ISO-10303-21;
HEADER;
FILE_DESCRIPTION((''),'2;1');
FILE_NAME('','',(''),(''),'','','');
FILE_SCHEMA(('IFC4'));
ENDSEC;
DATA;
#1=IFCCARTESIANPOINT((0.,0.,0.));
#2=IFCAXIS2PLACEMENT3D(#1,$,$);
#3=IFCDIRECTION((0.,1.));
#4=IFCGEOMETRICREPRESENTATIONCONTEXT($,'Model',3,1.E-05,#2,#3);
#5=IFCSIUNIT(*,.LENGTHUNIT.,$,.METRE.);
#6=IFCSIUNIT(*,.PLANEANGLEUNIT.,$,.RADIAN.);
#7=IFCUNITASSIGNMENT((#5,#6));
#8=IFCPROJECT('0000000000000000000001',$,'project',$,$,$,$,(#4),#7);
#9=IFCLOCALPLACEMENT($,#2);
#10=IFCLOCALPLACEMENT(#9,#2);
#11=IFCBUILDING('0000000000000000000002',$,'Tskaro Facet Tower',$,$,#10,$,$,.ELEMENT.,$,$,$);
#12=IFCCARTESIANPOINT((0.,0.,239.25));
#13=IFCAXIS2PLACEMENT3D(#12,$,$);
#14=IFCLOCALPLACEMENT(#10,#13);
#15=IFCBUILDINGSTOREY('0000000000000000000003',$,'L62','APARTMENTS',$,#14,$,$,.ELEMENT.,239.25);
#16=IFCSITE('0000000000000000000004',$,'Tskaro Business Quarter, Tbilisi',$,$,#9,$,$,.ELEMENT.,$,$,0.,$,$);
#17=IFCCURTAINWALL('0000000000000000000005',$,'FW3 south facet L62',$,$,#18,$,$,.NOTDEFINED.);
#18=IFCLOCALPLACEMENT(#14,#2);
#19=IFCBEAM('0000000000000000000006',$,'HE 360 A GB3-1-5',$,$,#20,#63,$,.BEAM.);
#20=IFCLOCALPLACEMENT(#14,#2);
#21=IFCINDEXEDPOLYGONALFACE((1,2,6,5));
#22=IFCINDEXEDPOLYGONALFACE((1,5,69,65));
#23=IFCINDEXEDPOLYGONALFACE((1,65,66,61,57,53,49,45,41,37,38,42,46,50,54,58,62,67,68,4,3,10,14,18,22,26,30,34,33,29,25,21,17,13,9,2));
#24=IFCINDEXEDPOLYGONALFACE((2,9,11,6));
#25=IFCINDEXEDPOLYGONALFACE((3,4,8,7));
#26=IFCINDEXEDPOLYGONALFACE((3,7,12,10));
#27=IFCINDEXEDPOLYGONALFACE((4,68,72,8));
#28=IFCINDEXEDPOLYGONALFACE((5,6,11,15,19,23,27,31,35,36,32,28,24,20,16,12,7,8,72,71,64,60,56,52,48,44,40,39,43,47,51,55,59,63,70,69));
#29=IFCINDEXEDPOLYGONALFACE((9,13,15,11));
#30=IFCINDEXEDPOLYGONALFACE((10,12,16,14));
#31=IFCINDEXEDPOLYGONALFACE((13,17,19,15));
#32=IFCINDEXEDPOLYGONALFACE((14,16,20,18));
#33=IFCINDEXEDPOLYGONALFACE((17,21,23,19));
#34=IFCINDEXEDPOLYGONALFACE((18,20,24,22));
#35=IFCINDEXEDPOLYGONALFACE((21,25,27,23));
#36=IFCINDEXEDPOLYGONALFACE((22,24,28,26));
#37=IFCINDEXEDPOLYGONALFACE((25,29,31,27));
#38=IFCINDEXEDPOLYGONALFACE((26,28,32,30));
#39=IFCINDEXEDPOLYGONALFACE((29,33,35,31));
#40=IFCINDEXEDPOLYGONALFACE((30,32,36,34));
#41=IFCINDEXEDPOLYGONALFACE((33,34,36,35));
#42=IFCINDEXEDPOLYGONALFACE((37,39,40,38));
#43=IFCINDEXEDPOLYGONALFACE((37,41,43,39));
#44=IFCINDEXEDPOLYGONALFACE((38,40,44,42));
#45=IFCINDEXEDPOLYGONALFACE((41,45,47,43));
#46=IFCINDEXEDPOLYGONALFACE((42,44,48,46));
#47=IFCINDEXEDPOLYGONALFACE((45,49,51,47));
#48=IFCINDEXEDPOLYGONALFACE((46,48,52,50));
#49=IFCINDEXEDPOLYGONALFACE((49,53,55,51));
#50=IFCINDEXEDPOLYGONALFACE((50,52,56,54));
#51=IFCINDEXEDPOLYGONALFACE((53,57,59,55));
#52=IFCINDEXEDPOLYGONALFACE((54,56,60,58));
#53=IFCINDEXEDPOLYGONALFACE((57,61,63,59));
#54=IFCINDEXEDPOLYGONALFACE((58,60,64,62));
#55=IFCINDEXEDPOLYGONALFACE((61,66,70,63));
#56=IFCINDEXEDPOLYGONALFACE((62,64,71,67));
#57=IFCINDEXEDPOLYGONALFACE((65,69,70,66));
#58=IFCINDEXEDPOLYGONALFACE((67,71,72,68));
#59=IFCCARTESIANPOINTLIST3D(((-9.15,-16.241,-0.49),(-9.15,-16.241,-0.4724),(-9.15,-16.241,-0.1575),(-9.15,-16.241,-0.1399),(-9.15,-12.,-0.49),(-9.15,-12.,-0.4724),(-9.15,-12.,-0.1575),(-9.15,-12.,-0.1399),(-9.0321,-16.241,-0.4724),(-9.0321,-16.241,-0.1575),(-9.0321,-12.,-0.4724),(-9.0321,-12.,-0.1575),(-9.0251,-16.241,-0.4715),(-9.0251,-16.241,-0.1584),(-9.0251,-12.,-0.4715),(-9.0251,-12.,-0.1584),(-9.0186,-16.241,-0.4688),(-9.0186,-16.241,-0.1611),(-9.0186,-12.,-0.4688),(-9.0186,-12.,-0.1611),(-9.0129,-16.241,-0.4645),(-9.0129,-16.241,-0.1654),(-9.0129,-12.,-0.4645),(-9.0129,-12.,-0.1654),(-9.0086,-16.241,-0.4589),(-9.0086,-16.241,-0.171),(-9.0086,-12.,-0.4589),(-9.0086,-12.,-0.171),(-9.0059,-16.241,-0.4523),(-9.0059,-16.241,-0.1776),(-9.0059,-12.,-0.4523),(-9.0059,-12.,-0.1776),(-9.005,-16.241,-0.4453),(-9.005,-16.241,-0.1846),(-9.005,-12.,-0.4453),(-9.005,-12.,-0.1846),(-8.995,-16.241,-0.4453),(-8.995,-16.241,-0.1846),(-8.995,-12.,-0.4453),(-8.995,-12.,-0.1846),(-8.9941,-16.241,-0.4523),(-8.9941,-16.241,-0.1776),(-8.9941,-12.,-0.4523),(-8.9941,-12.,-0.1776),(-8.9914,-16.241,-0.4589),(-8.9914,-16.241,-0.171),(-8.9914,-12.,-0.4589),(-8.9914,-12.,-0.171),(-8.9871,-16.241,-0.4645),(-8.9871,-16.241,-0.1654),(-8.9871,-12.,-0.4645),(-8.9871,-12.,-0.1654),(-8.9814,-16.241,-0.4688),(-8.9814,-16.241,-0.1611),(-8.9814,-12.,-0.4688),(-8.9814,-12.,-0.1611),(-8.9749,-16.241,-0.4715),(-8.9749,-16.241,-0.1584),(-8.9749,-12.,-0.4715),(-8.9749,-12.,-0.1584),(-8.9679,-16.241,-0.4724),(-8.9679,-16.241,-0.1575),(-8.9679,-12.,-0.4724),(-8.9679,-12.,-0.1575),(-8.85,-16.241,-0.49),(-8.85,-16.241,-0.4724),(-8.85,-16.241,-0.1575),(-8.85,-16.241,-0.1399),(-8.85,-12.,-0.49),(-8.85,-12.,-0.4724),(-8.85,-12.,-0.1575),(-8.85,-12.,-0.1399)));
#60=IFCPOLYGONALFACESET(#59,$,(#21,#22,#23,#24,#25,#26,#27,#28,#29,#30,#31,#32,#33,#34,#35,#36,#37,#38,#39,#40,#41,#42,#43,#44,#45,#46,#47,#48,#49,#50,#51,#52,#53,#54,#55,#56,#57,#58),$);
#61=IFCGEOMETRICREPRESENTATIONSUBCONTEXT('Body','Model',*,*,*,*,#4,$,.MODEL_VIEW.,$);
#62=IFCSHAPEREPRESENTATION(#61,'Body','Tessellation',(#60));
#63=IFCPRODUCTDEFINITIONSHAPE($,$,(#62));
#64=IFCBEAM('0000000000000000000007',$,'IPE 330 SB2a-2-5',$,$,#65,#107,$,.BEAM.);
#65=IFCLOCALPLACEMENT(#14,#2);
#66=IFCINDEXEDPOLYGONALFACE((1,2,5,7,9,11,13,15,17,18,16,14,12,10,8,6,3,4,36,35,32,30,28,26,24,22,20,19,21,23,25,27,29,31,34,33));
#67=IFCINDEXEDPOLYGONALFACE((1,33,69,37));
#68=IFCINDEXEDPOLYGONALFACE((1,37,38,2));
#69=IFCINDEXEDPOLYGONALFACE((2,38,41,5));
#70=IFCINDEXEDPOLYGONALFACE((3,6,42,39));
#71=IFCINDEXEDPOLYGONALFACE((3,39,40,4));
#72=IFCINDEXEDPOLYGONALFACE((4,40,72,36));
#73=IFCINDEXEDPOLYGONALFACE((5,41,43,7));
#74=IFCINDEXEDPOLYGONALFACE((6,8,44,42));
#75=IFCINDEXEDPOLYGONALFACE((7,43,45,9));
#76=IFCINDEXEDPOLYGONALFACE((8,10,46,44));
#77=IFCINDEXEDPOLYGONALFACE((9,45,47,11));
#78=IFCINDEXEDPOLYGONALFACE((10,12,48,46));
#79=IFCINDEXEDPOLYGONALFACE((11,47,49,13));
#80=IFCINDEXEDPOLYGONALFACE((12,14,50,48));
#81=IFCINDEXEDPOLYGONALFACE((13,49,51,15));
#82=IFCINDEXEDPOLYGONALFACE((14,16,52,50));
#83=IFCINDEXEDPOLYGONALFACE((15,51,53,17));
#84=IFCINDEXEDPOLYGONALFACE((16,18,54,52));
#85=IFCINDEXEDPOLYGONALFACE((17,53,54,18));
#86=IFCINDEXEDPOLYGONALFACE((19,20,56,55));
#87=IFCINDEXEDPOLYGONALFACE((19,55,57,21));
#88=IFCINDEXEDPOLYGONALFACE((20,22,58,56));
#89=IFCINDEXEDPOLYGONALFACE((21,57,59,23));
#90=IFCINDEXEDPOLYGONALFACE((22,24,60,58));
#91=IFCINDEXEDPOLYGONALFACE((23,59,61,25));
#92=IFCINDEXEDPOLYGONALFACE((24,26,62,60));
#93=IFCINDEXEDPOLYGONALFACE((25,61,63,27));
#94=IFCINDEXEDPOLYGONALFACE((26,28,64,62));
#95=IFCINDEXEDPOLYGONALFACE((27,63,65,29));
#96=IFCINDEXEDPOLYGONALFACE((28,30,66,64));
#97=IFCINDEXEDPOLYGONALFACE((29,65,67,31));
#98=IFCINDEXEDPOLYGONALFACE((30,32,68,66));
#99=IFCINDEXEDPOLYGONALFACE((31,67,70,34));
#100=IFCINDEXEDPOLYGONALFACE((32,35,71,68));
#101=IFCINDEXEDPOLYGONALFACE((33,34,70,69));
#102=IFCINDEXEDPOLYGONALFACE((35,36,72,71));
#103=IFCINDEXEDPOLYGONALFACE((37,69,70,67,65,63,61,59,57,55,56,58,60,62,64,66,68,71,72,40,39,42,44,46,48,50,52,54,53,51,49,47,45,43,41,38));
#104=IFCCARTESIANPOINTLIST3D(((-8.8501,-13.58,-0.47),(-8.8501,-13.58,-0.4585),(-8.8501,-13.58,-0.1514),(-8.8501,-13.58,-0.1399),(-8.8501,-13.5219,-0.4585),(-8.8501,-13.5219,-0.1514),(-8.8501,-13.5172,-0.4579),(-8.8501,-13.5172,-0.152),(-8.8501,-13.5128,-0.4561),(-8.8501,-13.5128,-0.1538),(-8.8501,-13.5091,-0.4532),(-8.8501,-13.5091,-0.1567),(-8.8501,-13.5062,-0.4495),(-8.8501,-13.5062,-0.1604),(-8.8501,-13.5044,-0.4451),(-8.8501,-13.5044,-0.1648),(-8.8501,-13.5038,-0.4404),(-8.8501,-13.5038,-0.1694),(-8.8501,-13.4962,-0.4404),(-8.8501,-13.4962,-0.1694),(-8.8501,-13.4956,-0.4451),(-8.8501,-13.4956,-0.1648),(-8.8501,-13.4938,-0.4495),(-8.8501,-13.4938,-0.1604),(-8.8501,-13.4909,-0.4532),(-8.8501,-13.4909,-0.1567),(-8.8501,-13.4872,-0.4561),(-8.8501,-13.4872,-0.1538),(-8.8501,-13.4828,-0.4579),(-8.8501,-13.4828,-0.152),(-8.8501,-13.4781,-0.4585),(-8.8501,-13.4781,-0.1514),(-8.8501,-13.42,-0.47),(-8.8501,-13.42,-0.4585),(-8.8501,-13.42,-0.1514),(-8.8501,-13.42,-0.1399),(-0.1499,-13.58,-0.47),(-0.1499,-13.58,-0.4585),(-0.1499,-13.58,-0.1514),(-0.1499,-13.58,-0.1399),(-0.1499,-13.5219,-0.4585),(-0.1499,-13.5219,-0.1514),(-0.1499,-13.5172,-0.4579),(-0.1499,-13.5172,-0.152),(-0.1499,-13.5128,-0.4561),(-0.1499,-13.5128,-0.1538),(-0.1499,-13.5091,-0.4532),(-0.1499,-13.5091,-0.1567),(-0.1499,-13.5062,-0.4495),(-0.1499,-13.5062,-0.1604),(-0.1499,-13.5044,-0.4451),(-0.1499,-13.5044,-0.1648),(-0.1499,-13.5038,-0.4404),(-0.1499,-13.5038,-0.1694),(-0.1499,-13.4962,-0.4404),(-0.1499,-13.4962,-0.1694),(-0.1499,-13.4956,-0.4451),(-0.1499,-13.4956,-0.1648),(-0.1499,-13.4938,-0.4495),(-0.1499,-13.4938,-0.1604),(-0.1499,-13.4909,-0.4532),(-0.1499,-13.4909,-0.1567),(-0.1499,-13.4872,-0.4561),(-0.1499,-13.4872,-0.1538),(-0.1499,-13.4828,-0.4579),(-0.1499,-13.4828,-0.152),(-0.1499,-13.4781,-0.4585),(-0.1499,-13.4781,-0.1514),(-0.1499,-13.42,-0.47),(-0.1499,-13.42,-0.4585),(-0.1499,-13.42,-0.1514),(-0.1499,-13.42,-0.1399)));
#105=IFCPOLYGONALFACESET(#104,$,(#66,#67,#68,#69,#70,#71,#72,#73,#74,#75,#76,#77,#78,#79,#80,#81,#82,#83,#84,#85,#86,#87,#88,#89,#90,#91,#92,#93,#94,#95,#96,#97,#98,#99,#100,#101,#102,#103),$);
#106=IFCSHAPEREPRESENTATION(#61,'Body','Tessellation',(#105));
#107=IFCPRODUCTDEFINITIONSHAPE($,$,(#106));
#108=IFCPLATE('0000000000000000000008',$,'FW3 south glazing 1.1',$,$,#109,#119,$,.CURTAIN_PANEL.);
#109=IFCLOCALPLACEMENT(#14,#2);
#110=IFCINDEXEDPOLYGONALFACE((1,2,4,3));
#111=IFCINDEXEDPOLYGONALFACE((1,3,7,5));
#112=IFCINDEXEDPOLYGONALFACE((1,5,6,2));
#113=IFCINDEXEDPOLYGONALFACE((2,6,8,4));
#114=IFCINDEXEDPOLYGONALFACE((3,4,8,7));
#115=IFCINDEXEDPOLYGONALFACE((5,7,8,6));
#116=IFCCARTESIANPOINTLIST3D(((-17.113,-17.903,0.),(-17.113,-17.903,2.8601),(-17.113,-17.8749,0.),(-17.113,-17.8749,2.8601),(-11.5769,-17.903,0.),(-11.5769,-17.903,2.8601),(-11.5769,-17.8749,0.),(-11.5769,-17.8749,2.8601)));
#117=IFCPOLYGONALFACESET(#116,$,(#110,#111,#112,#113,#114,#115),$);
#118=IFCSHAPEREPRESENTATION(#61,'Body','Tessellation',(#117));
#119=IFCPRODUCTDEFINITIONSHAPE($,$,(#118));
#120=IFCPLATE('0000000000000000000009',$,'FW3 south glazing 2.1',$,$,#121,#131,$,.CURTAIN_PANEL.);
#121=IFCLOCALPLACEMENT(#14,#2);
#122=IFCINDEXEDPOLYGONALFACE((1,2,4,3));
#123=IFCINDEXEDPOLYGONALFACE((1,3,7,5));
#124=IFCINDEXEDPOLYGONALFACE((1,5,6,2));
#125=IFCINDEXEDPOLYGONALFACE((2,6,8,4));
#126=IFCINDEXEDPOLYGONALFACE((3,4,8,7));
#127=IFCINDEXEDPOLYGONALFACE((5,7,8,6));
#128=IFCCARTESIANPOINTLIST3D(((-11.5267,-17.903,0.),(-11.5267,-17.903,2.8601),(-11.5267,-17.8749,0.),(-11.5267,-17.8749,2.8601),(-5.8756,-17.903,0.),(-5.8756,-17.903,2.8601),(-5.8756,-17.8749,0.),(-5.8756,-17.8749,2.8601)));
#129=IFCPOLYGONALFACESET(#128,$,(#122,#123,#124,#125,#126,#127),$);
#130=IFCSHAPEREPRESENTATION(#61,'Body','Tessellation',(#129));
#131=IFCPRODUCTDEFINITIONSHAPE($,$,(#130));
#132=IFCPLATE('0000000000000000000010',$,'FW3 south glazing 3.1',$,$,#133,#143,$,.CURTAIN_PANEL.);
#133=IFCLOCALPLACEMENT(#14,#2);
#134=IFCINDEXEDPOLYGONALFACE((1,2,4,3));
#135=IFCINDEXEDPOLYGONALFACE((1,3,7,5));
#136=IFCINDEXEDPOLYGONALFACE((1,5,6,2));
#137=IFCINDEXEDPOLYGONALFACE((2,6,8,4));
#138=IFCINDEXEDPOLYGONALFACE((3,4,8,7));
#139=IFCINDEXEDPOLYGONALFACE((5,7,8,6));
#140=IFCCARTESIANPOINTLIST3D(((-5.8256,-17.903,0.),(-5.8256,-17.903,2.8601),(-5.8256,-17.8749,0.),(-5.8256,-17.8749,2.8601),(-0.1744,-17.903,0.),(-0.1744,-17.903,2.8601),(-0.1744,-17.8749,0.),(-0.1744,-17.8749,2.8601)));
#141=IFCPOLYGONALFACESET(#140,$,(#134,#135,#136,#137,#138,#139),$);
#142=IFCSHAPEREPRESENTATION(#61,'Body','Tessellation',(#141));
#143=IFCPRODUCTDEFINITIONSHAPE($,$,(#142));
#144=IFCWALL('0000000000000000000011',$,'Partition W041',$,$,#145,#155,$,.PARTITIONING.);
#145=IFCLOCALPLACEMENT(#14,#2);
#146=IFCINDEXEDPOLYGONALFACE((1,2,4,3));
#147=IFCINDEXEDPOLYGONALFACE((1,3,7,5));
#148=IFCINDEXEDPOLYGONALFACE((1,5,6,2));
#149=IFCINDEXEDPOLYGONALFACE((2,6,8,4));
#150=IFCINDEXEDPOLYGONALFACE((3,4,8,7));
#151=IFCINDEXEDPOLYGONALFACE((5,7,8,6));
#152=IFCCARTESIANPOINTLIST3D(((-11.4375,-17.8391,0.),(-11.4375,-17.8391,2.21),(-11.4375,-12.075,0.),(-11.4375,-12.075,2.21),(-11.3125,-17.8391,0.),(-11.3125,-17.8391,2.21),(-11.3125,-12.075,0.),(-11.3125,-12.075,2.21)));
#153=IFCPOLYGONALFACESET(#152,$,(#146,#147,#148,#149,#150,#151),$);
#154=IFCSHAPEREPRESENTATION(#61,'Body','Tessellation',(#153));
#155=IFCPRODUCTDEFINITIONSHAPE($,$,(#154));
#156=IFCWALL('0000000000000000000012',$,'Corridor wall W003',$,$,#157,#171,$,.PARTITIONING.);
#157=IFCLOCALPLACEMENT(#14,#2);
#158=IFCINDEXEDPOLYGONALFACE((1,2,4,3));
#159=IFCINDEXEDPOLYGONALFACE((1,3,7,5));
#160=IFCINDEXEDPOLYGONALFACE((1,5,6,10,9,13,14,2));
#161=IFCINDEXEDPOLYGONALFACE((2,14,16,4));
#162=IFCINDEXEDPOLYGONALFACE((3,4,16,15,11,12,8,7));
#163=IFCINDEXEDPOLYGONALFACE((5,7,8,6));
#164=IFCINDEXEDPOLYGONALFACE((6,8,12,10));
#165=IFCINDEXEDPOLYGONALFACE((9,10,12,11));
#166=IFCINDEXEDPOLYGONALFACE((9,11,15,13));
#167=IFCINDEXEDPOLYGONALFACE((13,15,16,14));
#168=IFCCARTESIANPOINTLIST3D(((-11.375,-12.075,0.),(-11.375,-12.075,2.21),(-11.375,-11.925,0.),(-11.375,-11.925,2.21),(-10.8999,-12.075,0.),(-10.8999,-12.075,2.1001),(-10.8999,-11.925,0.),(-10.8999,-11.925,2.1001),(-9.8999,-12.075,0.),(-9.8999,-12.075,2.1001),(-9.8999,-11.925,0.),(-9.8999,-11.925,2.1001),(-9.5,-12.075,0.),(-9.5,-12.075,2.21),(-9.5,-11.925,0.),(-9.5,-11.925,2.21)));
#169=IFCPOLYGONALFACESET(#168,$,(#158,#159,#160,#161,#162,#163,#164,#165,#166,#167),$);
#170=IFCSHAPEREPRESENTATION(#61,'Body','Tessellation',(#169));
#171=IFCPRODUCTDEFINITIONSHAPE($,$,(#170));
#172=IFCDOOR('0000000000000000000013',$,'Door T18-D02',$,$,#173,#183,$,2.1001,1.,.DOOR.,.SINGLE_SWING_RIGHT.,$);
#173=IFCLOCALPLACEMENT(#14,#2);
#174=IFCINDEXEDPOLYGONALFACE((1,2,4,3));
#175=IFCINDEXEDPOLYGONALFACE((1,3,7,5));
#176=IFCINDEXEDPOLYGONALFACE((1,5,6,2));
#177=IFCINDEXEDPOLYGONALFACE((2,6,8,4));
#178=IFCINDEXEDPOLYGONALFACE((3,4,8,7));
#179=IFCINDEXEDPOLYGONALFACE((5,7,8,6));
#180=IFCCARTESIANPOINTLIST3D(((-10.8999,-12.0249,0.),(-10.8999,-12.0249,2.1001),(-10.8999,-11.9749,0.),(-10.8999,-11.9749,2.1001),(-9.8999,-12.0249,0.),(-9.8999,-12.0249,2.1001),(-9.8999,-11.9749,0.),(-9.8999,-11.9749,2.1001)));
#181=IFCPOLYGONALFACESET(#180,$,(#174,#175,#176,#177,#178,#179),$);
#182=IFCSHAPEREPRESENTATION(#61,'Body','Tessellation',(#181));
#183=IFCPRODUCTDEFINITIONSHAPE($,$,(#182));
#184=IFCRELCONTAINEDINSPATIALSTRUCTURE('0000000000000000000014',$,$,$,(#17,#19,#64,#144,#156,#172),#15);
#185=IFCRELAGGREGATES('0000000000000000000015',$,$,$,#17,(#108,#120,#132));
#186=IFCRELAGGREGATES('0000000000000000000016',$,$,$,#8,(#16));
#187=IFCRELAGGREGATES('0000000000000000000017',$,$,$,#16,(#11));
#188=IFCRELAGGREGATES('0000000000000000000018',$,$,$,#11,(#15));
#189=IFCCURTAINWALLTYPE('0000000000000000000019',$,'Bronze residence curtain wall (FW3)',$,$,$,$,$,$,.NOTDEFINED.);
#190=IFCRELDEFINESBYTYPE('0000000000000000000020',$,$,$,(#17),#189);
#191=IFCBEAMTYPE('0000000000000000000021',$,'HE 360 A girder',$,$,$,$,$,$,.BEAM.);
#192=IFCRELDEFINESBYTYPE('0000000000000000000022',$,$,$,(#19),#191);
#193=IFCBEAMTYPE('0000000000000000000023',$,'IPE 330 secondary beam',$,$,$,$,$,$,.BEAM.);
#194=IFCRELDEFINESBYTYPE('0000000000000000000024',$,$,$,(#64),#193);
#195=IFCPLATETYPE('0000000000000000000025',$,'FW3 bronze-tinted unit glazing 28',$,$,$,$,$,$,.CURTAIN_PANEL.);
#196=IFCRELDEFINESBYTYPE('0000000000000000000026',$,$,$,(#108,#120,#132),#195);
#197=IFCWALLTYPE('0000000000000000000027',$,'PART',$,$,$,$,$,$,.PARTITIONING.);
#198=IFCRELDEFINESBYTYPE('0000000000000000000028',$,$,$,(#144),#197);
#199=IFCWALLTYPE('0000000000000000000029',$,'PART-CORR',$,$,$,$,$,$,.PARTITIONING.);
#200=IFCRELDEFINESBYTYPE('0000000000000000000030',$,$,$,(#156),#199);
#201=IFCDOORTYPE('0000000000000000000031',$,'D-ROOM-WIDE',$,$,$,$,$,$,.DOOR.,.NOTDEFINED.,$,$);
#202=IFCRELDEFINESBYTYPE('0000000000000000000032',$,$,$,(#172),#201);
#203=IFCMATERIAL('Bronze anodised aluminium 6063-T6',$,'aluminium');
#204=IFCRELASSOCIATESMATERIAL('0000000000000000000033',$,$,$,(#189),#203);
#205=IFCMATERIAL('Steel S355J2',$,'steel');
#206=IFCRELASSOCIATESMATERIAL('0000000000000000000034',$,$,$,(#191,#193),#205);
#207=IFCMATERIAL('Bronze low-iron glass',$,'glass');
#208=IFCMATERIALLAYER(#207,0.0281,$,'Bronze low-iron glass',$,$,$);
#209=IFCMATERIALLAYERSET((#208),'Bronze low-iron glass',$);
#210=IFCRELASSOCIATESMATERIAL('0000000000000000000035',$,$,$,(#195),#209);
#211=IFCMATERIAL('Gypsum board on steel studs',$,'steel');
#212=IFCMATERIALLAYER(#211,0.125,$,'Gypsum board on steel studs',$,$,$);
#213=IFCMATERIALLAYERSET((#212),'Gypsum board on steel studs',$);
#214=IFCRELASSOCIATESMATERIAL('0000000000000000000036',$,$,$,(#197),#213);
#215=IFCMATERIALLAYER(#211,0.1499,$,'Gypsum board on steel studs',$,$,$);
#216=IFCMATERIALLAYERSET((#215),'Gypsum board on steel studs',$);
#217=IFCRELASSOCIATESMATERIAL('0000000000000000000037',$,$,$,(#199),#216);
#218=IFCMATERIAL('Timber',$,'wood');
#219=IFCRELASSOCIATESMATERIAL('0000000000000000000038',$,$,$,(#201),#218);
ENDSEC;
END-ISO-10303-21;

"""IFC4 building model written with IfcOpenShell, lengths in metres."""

from ifc_helpers import new_model, si_unit, direction, frame, frame_2d, origin, origin_2d, place, context, subcontext, project, spatial, rectangle, i_section, extrude, material, layer, layer_set, material_profile, profile_set, type_object, element, fill, aggregate, save


model = new_model("IFC4")

# Units and contexts
model_context = context("Model", 3, precision=1e-05, world=origin(), true_north=direction((0.0, 1.0)))
body_context = subcontext(model_context, "Body", "Model", "MODEL_VIEW")
ifc_project = project(units=[si_unit("LENGTHUNIT", "METRE"), si_unit("PLANEANGLEUNIT", "RADIAN")], contexts=[model_context])

# Site, building, storey
site_placement = place(None, origin())
site = spatial("IfcSite", under=ifc_project, at=site_placement, Name="Tskaro Business Quarter, Tbilisi", CompositionType="ELEMENT", RefElevation=0.0)
building_placement = place(site_placement, origin())
building = spatial("IfcBuilding", under=site, at=building_placement, Name="Tskaro Facet Tower", CompositionType="ELEMENT")
storey_placement = place(building_placement, frame((0.0, 0.0, 239.25)))
storey = spatial("IfcBuildingStorey", under=building, at=storey_placement, Name="L62", Description="APARTMENTS", CompositionType="ELEMENT", Elevation=239.25)

# Shared definitions
ifc_material_1 = material(Name="Steel S355J2", Category="steel")

# Curtain wall
ifc_material_2 = material(Name="Bronze anodised aluminium 6063-T6", Category="aluminium")
curtain_wall_type = type_object("IfcCurtainWallType", Name="Bronze residence curtain wall (FW3)", PredefinedType="NOTDEFINED", material=ifc_material_2)
curtain_wall_placement = place(storey_placement, origin())
curtain_wall = element("IfcCurtainWall", 1, at=curtain_wall_placement, inside=storey, type_object=curtain_wall_type, Name="FW3 south facet L62", PredefinedType="NOTDEFINED")

# Beams
ifc_material_profile_1 = material_profile(ifc_material_1, i_section(OverallWidth=0.3, OverallDepth=0.3501, WebThickness=0.01, FlangeThickness=0.0176, FilletRadius=0.0271, at=origin_2d()), Name="HE 360 A")
ifc_profile_set_1 = profile_set([ifc_material_profile_1], Name="Steel S355J2")
beam_type_1 = type_object("IfcBeamType", Name="HE 360 A girder", PredefinedType="BEAM", material=ifc_profile_set_1)
beam_1_placement = place(storey_placement, frame((-9.0, -16.241, -0.3149), z_axis=(0.0, 1.0, 0.0), x_axis=(-1.0, 0.0, 0.0)))
element("IfcBeam", 2, at=beam_1_placement, inside=storey, type_object=beam_type_1, Name="HE 360 A GB3-1-5", PredefinedType="BEAM", context=body_context, shape_type="SweptSolid", body=[
    extrude(i_section(OverallWidth=0.3, OverallDepth=0.3501, WebThickness=0.01, FlangeThickness=0.0176, FilletRadius=0.0271, at=origin_2d()), origin(), (0.0, 0.0, 1.0), 4.241),
])
ifc_material_profile_2 = material_profile(ifc_material_1, i_section(OverallWidth=0.1599, OverallDepth=0.3301, WebThickness=0.0076, FlangeThickness=0.0115, FilletRadius=0.0181, at=origin_2d()), Name="IPE 330")
ifc_profile_set_2 = profile_set([ifc_material_profile_2], Name="Steel S355J2")
beam_type_2 = type_object("IfcBeamType", Name="IPE 330 secondary beam", PredefinedType="BEAM", material=ifc_profile_set_2)
beam_2_placement = place(storey_placement, frame((-8.8501, -13.5, -0.3049), z_axis=(1.0, 0.0, 0.0), x_axis=(0.0, 1.0, 0.0)))
element("IfcBeam", 3, at=beam_2_placement, inside=storey, type_object=beam_type_2, Name="IPE 330 SB2a-2-5", PredefinedType="BEAM", context=body_context, shape_type="SweptSolid", body=[
    extrude(i_section(OverallWidth=0.1599, OverallDepth=0.3301, WebThickness=0.0076, FlangeThickness=0.0115, FilletRadius=0.0181, at=origin_2d()), origin(), (0.0, 0.0, 1.0), 8.7002),
])

# Plates
ifc_material_3 = material(Name="Bronze low-iron glass", Category="glass")
ifc_layer_1 = layer(ifc_material_3, 0.0281, Name="Bronze low-iron glass")
ifc_layer_set_1 = layer_set([ifc_layer_1], Name="Bronze low-iron glass")
plate_type = type_object("IfcPlateType", Name="FW3 bronze-tinted unit glazing 28", PredefinedType="CURTAIN_PANEL", material=ifc_layer_set_1)
plate_1_placement = place(storey_placement, frame((-14.345, -17.8889, 0.0), z_axis=(0.0, 0.0, 1.0), x_axis=(1.0, 0.0, 0.0)))
plate_1 = element("IfcPlate", 4, at=plate_1_placement, type_object=plate_type, Name="FW3 south glazing 1.1", PredefinedType="CURTAIN_PANEL", context=body_context, shape_type="SweptSolid", body=[
    extrude(rectangle(XDim=5.5361, YDim=0.0281, at=origin_2d()), origin(), (0.0, 0.0, 1.0), 2.8601),
])
plate_2_placement = place(storey_placement, frame((-8.7012, -17.8889, 0.0), z_axis=(0.0, 0.0, 1.0), x_axis=(1.0, 0.0, 0.0)))
plate_2 = element("IfcPlate", 5, at=plate_2_placement, type_object=plate_type, Name="FW3 south glazing 2.1", PredefinedType="CURTAIN_PANEL", context=body_context, shape_type="SweptSolid", body=[
    extrude(rectangle(XDim=5.6511, YDim=0.0281, at=origin_2d()), origin(), (0.0, 0.0, 1.0), 2.8601),
])
plate_3_placement = place(storey_placement, frame((-3.0, -17.8889, 0.0), z_axis=(0.0, 0.0, 1.0), x_axis=(1.0, 0.0, 0.0)))
plate_3 = element("IfcPlate", 6, at=plate_3_placement, type_object=plate_type, Name="FW3 south glazing 3.1", PredefinedType="CURTAIN_PANEL", context=body_context, shape_type="SweptSolid", body=[
    extrude(rectangle(XDim=5.6511, YDim=0.0281, at=origin_2d()), origin(), (0.0, 0.0, 1.0), 2.8601),
])
aggregate(curtain_wall, [plate_1, plate_2, plate_3])

# Wall
ifc_material_4 = material(Name="Gypsum board on steel studs", Category="steel")
ifc_layer_2 = layer(ifc_material_4, 0.125, Name="Gypsum board on steel studs")
ifc_layer_set_2 = layer_set([ifc_layer_2], Name="Gypsum board on steel studs")
wall_type_1 = type_object("IfcWallType", Name="PART", PredefinedType="PARTITIONING", material=ifc_layer_set_2)
wall_1_placement = place(storey_placement, frame((-11.375, -17.8391, 0.0), z_axis=(0.0, 0.0, 1.0), x_axis=(0.0, 1.0, 0.0)))
element("IfcWall", 7, at=wall_1_placement, inside=storey, type_object=wall_type_1, Name="Partition W041", PredefinedType="PARTITIONING", context=body_context, shape_type="SweptSolid", body=[
    extrude(rectangle(XDim=5.7642, YDim=0.125, at=frame_2d((2.8821, 0.0))), origin(), (0.0, 0.0, 1.0), 2.21),
])

# Wall, opening, door
ifc_layer_3 = layer(ifc_material_4, 0.1499, Name="Gypsum board on steel studs")
ifc_layer_set_3 = layer_set([ifc_layer_3], Name="Gypsum board on steel studs")
wall_type_2 = type_object("IfcWallType", Name="PART-CORR", PredefinedType="PARTITIONING", material=ifc_layer_set_3)
wall_2_placement = place(storey_placement, frame((-9.5, -12.0, 0.0), z_axis=(0.0, 0.0, 1.0), x_axis=(-1.0, 0.0, 0.0)))
wall_2 = element("IfcWall", 8, at=wall_2_placement, inside=storey, type_object=wall_type_2, Name="Corridor wall W003", PredefinedType="PARTITIONING", context=body_context, shape_type="SweptSolid", body=[
    extrude(rectangle(XDim=1.875, YDim=0.1499, at=frame_2d((0.9375, 0.0))), origin(), (0.0, 0.0, 1.0), 2.21),
])
opening_1_placement = place(wall_2_placement, frame((0.3999, 0.0, 0.0)))
opening_1 = element("IfcOpeningElement", 9, at=opening_1_placement, cuts=wall_2, PredefinedType="OPENING", context=body_context, shape_type="SweptSolid", body=[
    extrude(rectangle(XDim=1.0, YDim=2.1001, at=frame_2d((0.5, 1.05))), frame((0.0, 0.085, 0.0), z_axis=(0.0, -1.0, 0.0), x_axis=(1.0, 0.0, 0.0)), (0.0, 0.0, 1.0), 0.1699),
])
ifc_material_5 = material(Name="Timber", Category="wood")
door_type_1 = type_object("IfcDoorType", Name="D-ROOM-WIDE", OperationType="NOTDEFINED", PredefinedType="DOOR", material=ifc_material_5)
door_1_placement = place(opening_1_placement, origin())
door_1 = element("IfcDoor", 10, at=door_1_placement, inside=storey, type_object=door_type_1, Name="Door T18-D02", OperationType="SINGLE_SWING_RIGHT", OverallHeight=2.1001, OverallWidth=1.0, PredefinedType="DOOR", context=body_context, shape_type="SweptSolid", body=[
    extrude(rectangle(XDim=1.0, YDim=2.1001, at=frame_2d((0.5, 1.05))), frame((0.0, 0.0249, 0.0), z_axis=(0.0, -1.0, 0.0), x_axis=(1.0, 0.0, 0.0)), (0.0, 0.0, 1.0), 0.05),
])
fill(opening_1, door_1)

save(model, "model.ifc")
